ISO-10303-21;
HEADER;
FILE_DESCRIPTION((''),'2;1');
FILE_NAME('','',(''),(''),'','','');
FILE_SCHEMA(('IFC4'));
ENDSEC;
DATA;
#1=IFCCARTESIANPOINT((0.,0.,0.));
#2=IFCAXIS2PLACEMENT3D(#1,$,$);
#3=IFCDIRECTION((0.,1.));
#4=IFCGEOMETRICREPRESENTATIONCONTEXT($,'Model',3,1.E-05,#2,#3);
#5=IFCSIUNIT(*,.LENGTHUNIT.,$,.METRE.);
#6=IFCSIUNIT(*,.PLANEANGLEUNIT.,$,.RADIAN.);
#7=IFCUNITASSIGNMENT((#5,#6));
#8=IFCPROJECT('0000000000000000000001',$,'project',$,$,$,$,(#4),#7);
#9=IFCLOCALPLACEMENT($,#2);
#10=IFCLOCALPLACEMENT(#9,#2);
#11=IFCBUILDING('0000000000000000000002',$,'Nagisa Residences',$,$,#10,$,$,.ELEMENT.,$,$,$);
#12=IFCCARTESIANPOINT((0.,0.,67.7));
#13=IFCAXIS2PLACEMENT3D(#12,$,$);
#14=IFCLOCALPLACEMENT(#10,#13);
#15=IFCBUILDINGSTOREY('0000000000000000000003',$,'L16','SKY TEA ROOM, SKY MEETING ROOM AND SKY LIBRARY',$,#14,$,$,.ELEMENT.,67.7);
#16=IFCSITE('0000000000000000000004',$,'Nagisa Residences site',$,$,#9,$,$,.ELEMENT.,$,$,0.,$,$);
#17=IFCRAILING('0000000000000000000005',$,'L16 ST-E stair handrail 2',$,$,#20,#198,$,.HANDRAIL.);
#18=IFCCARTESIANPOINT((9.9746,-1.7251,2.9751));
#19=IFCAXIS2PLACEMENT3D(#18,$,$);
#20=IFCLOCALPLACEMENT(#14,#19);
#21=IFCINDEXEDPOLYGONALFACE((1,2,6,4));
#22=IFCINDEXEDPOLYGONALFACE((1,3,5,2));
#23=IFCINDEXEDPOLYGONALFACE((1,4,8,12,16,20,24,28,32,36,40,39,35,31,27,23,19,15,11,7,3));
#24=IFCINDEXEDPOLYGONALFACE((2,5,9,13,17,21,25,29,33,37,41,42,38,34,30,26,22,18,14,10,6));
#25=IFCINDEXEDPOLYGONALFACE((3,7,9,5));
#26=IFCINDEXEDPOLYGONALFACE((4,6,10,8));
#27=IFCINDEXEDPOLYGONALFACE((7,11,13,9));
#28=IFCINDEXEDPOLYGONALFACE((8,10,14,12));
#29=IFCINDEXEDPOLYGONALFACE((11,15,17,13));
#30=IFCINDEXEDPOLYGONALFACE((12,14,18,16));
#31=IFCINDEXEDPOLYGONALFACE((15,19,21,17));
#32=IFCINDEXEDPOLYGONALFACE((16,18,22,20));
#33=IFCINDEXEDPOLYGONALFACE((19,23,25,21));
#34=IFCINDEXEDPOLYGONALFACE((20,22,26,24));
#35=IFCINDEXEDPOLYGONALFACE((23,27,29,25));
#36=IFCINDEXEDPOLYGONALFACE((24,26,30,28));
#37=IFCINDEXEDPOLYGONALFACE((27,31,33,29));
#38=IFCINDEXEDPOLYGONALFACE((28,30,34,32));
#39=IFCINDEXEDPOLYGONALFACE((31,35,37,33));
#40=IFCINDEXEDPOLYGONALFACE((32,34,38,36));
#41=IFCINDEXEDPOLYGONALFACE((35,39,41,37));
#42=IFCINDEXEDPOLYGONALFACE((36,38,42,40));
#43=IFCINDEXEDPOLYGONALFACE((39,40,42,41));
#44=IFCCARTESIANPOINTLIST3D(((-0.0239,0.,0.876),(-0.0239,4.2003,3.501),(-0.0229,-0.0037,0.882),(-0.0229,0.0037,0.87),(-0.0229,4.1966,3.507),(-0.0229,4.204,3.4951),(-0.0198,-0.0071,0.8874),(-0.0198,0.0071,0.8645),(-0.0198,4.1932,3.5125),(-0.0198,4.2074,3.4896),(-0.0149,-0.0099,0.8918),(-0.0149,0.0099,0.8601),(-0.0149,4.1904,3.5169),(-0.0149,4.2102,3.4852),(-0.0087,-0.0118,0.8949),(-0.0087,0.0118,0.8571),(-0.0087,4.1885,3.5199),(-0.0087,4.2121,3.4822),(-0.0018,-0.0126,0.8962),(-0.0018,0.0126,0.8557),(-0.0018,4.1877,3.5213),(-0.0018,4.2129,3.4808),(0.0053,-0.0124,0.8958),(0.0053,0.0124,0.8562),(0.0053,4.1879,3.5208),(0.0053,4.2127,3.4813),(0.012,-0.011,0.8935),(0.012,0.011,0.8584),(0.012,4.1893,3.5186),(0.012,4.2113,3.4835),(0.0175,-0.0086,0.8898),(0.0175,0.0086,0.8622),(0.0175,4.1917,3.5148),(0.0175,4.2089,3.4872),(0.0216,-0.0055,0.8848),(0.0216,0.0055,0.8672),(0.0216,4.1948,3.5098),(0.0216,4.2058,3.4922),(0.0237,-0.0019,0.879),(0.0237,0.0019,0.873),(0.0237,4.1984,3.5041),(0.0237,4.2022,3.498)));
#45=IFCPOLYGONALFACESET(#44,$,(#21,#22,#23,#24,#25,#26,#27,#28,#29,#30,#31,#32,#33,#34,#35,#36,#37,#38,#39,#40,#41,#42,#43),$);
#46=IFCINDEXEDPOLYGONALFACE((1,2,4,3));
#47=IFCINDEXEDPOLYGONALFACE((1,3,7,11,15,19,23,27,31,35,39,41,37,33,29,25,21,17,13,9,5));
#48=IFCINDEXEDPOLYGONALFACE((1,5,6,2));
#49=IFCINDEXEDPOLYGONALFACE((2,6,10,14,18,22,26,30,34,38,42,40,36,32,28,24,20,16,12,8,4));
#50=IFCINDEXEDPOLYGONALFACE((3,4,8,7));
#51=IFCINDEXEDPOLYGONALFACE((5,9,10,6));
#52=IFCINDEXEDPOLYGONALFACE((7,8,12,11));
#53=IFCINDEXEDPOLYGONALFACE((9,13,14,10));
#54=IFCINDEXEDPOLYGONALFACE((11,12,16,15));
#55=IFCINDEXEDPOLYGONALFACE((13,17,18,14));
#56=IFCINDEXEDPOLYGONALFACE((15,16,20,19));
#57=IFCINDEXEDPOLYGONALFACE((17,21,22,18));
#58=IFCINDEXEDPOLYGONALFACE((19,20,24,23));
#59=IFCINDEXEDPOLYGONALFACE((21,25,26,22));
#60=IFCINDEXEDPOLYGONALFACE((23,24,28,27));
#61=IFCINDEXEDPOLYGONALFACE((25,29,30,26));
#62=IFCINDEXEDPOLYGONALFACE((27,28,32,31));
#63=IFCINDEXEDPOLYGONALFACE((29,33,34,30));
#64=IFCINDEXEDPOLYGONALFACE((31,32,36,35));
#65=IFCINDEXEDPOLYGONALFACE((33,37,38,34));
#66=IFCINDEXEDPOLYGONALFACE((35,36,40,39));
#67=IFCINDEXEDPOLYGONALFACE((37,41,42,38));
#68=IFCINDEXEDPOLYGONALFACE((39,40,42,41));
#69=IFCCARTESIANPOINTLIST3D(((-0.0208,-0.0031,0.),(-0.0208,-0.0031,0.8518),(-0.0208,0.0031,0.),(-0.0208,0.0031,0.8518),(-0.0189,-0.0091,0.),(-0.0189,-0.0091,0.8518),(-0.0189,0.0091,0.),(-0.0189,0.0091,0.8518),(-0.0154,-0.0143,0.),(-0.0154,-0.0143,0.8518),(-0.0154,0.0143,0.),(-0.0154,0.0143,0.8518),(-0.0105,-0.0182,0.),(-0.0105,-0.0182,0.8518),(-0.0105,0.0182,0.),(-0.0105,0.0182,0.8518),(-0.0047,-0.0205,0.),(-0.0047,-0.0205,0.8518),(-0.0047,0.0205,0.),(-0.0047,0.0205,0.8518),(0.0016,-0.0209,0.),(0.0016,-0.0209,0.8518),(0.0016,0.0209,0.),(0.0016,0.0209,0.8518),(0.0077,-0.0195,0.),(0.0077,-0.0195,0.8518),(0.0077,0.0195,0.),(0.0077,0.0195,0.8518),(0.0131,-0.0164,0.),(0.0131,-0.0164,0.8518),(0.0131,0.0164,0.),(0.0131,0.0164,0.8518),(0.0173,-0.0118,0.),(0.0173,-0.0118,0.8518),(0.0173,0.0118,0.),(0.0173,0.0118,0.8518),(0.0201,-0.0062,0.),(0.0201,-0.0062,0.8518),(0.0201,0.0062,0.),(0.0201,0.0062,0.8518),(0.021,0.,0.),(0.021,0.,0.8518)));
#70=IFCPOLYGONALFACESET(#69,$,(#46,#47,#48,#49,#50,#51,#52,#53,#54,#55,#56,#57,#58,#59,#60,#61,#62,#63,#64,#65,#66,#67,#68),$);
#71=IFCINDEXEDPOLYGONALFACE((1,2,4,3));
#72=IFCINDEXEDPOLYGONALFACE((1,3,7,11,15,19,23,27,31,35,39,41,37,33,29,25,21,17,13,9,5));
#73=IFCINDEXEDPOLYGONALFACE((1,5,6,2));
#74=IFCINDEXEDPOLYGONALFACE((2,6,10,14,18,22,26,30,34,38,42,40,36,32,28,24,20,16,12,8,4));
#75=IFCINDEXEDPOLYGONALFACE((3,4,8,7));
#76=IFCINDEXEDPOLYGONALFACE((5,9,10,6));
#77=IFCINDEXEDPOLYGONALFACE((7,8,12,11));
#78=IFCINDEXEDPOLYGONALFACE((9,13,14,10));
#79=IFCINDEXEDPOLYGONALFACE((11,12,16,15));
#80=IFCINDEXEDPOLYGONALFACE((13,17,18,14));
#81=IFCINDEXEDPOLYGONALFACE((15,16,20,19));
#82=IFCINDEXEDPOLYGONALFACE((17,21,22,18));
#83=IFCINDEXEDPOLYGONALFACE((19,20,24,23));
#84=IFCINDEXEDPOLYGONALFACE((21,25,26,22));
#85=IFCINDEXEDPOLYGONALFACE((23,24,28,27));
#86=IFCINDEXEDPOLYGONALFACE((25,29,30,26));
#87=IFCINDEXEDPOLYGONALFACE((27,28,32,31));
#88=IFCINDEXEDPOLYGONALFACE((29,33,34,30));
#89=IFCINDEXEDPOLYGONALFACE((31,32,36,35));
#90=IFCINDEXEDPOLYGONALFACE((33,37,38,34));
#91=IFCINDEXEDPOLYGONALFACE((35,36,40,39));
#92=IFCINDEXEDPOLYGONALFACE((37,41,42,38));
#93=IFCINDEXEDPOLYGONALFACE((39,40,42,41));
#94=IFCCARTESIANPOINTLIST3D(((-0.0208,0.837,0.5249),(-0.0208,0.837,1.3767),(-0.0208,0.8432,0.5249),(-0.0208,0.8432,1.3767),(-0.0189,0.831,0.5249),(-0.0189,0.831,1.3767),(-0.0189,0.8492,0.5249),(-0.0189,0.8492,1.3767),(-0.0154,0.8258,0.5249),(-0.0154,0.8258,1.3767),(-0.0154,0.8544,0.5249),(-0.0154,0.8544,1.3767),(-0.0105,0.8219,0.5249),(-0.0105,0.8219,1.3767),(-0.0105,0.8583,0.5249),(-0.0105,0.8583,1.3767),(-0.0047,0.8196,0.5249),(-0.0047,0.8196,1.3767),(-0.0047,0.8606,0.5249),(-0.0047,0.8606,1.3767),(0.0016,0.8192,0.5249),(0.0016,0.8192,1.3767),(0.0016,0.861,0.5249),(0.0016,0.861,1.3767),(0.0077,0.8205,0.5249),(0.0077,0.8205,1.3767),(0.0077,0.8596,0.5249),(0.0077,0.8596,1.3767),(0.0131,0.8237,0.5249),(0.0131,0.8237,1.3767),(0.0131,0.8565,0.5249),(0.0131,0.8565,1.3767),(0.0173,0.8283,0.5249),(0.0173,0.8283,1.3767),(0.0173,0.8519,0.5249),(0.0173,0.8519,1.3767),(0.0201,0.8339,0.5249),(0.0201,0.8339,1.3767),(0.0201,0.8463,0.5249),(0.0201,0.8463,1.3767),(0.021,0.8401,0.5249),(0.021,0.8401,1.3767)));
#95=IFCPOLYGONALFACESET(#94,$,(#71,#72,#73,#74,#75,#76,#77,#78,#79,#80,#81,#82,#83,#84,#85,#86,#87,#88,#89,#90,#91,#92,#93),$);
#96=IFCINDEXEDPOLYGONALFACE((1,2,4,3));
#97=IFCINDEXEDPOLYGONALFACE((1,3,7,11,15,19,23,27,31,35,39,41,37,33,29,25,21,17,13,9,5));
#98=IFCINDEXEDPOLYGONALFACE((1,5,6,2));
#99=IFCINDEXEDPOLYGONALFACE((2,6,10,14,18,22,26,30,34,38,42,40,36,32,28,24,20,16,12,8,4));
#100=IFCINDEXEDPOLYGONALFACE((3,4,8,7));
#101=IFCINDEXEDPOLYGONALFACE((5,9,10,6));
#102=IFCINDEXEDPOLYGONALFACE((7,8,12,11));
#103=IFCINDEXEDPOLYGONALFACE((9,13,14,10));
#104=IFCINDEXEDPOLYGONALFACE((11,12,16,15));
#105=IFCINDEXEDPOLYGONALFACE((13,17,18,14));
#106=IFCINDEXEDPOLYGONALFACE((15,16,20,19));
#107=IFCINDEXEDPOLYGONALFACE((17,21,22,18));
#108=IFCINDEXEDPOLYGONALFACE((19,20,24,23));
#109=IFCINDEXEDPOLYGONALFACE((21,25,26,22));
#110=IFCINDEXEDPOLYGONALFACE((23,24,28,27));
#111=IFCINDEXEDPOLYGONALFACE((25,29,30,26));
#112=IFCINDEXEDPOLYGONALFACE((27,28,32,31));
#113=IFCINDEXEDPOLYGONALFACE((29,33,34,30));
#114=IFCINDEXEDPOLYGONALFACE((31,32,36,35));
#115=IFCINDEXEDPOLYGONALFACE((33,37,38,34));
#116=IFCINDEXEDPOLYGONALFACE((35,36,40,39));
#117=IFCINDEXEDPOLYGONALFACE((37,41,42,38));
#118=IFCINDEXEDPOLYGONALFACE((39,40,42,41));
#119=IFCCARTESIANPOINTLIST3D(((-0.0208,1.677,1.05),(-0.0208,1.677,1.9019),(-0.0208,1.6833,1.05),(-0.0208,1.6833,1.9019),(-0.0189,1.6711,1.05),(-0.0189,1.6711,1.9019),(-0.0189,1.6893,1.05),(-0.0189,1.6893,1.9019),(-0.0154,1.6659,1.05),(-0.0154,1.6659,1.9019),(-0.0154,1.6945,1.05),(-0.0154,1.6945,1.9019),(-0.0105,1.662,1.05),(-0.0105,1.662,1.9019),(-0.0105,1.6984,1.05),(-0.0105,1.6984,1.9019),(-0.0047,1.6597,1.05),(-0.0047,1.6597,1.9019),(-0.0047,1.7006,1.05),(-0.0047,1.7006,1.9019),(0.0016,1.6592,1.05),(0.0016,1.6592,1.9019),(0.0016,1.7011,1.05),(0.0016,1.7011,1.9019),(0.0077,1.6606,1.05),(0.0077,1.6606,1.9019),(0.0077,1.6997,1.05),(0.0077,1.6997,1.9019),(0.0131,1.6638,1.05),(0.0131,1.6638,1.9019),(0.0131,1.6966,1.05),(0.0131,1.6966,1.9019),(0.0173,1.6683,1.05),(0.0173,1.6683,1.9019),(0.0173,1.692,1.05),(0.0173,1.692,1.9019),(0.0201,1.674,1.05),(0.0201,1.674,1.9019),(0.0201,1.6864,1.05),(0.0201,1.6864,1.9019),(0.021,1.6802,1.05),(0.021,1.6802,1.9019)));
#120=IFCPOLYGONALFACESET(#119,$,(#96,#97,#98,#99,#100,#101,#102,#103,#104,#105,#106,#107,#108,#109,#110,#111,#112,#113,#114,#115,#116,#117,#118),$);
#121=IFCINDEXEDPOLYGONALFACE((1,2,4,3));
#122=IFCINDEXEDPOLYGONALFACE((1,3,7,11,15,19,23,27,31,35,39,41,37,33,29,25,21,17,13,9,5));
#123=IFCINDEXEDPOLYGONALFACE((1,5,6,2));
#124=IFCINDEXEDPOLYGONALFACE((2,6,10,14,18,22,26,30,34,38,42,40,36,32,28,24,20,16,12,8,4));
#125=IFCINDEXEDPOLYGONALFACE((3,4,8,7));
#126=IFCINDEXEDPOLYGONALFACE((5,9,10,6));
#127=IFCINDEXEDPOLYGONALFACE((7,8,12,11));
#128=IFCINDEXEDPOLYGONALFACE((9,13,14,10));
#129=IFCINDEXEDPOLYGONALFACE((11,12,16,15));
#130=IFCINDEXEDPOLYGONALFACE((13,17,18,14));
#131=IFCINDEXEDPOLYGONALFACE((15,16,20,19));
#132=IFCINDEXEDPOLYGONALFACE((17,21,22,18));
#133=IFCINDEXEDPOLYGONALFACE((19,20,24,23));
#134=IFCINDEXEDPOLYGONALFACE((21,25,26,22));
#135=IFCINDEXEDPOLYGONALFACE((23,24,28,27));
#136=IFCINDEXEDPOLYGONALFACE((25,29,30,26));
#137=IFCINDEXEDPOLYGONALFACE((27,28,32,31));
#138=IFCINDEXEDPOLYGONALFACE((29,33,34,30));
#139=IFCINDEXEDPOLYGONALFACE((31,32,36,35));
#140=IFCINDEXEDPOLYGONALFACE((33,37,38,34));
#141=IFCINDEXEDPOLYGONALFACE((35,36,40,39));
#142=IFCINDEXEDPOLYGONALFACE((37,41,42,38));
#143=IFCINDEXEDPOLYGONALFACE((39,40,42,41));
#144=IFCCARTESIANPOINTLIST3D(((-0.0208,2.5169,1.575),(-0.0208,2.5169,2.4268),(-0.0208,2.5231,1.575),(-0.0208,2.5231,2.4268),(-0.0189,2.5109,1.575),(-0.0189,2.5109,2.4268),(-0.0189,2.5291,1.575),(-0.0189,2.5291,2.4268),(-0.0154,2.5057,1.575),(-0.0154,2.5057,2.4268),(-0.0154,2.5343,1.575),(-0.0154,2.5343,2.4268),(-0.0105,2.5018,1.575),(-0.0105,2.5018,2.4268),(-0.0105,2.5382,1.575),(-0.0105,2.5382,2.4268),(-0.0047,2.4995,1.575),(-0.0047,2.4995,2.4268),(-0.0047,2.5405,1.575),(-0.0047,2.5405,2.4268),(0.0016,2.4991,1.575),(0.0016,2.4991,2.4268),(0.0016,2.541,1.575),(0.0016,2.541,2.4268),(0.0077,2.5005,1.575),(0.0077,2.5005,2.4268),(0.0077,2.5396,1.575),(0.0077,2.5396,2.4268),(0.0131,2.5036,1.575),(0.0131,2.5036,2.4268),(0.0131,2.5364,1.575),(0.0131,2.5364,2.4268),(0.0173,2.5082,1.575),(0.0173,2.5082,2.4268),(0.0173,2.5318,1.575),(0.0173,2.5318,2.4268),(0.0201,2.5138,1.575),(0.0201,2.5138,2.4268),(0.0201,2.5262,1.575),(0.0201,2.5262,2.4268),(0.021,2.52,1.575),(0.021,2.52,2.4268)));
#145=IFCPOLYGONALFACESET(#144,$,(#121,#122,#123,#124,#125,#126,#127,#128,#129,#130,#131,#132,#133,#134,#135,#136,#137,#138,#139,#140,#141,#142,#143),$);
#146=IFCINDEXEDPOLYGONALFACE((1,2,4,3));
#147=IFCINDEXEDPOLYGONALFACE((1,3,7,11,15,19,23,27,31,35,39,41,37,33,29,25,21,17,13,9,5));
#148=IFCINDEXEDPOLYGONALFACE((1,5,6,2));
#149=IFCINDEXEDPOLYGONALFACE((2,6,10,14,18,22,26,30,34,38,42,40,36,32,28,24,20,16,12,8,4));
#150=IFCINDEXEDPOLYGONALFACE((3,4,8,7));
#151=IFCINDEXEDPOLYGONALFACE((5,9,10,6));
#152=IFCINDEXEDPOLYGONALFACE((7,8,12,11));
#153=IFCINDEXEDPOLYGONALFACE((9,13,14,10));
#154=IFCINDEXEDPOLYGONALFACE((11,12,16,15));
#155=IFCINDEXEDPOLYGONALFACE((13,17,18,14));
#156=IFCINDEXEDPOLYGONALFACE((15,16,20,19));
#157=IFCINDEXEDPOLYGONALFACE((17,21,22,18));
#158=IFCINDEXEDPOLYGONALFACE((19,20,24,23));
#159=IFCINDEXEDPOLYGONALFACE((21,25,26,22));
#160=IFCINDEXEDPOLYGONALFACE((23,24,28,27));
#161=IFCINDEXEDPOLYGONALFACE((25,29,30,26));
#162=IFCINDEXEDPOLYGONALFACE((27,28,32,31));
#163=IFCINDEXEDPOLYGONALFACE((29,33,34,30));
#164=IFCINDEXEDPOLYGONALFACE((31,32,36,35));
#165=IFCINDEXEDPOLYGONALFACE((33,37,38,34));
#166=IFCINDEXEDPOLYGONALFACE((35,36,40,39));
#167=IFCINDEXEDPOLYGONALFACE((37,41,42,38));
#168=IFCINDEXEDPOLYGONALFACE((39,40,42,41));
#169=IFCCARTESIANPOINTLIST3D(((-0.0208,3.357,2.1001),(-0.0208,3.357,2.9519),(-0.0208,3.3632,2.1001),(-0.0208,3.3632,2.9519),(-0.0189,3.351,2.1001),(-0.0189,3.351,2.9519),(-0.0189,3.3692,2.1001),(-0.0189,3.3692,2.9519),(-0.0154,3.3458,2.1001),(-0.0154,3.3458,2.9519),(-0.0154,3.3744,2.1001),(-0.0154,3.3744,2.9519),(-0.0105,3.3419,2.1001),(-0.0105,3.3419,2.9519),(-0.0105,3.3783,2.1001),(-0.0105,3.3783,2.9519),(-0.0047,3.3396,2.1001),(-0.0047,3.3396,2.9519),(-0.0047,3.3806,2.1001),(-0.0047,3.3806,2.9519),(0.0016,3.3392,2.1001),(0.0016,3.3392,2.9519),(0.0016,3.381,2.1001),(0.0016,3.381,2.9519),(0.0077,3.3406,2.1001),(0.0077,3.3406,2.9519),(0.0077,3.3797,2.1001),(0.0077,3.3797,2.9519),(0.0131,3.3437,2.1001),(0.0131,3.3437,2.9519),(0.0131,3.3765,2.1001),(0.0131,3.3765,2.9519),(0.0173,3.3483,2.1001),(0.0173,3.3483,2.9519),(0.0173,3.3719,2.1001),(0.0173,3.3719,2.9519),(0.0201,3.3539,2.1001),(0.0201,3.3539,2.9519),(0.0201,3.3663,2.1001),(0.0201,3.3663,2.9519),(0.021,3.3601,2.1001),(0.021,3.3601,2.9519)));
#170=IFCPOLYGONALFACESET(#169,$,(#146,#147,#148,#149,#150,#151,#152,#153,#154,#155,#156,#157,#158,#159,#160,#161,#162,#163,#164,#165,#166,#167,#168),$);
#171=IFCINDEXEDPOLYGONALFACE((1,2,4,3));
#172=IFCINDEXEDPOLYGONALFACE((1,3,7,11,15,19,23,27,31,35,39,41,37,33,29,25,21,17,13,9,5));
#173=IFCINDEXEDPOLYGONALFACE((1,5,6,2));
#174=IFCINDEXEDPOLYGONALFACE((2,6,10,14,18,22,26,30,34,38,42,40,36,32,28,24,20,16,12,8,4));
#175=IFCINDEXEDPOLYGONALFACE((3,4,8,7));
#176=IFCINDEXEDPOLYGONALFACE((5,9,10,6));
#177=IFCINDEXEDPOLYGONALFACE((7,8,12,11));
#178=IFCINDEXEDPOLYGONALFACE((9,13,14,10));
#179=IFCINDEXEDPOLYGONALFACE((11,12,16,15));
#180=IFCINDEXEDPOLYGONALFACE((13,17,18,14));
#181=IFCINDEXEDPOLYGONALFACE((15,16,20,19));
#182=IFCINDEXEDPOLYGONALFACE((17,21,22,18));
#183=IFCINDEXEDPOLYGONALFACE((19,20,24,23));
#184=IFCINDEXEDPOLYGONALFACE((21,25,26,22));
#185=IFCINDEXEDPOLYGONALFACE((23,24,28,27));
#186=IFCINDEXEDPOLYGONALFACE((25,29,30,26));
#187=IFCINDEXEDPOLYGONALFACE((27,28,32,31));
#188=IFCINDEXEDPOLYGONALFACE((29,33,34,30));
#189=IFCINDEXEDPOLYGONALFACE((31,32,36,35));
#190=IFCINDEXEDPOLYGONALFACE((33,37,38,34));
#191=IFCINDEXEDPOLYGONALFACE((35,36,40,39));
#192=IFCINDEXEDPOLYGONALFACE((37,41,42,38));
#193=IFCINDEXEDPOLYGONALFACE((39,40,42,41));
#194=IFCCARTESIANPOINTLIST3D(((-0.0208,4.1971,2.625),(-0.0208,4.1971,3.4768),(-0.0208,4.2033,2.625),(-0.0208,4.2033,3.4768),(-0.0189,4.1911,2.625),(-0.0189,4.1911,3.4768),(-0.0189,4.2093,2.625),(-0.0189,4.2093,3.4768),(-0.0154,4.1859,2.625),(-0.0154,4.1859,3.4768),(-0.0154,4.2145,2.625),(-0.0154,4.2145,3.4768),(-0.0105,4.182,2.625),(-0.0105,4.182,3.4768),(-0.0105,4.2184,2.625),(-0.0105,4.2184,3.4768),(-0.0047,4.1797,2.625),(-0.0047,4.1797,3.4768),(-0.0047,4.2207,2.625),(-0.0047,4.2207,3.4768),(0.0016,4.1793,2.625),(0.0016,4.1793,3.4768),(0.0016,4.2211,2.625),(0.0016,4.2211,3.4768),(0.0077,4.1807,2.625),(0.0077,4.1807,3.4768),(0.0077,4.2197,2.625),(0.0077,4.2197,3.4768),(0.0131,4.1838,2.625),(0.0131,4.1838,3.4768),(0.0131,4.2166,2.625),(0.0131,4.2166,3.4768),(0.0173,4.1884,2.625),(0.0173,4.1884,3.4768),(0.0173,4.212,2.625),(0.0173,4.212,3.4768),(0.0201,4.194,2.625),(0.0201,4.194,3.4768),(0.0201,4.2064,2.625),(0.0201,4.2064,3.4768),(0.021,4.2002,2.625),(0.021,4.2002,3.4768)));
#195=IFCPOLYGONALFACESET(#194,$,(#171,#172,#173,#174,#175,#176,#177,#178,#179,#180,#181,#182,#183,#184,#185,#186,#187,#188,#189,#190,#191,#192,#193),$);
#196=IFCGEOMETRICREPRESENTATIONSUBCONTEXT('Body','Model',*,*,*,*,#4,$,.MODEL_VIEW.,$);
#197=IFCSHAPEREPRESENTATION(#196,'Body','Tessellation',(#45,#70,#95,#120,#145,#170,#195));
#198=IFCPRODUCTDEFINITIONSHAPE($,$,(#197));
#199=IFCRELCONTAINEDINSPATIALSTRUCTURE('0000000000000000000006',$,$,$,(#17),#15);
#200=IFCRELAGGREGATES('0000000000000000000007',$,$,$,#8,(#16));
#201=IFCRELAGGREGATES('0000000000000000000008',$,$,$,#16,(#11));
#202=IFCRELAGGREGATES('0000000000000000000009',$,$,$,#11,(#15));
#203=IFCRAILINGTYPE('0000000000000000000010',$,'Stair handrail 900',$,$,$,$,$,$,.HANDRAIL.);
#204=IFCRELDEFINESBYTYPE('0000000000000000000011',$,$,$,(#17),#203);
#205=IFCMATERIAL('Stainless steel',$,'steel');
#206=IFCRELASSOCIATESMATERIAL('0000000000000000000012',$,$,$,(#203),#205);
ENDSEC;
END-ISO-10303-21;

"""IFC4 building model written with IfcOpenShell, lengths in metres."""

from ifc_helpers import new_model, si_unit, direction, frame, origin, origin_2d, place, context, subcontext, project, spatial, circle, extrude, material, type_object, element, save


model = new_model("IFC4")

# Units and contexts
model_context = context("Model", 3, precision=1e-05, world=origin(), true_north=direction((0.0, 1.0)))
body_context = subcontext(model_context, "Body", "Model", "MODEL_VIEW")
ifc_project = project(units=[si_unit("LENGTHUNIT", "METRE"), si_unit("PLANEANGLEUNIT", "RADIAN")], contexts=[model_context])

# Site, building, storey
site_placement = place(None, origin())
site = spatial("IfcSite", under=ifc_project, at=site_placement, Name="Nagisa Residences site", CompositionType="ELEMENT", RefElevation=0.0)
building_placement = place(site_placement, origin())
building = spatial("IfcBuilding", under=site, at=building_placement, Name="Nagisa Residences", CompositionType="ELEMENT")
storey_placement = place(building_placement, frame((0.0, 0.0, 67.7)))
storey = spatial("IfcBuildingStorey", under=building, at=storey_placement, Name="L16", Description="SKY TEA ROOM, SKY MEETING ROOM AND SKY LIBRARY", CompositionType="ELEMENT", Elevation=67.7)

# Railing
ifc_material_1 = material(Name="Stainless steel", Category="steel")
railing_type = type_object("IfcRailingType", Name="Stair handrail 900", PredefinedType="HANDRAIL", material=ifc_material_1)
railing_placement = place(storey_placement, frame((9.9746, -1.7251, 2.9751)))
element("IfcRailing", 1, at=railing_placement, inside=storey, type_object=railing_type, Name="L16 ST-E stair handrail 2", PredefinedType="HANDRAIL", context=body_context, shape_type="SweptSolid", body=[
    extrude(circle(Radius=0.0239, at=origin_2d()), frame((0.0, 0.0, 0.876), z_axis=(0.0, 0.848009, 0.529981), x_axis=(-1.0, 0.0, 0.0)), (0.0, 0.0, 1.0), 4.9531),
    extrude(circle(Radius=0.021, at=origin_2d()), origin(), (0.0, 0.0, 1.0), 0.8518),
    extrude(circle(Radius=0.021, at=origin_2d()), frame((0.0, 0.8401, 0.5249)), (0.0, 0.0, 1.0), 0.8518),
    extrude(circle(Radius=0.021, at=origin_2d()), frame((0.0, 1.6802, 1.05)), (0.0, 0.0, 1.0), 0.8518),
    extrude(circle(Radius=0.021, at=origin_2d()), frame((0.0, 2.52, 1.575)), (0.0, 0.0, 1.0), 0.8518),
    extrude(circle(Radius=0.021, at=origin_2d()), frame((0.0, 3.3601, 2.1001)), (0.0, 0.0, 1.0), 0.8518),
    extrude(circle(Radius=0.021, at=origin_2d()), frame((0.0, 4.2002, 2.625)), (0.0, 0.0, 1.0), 0.8518),
])

save(model, "model.ifc")
